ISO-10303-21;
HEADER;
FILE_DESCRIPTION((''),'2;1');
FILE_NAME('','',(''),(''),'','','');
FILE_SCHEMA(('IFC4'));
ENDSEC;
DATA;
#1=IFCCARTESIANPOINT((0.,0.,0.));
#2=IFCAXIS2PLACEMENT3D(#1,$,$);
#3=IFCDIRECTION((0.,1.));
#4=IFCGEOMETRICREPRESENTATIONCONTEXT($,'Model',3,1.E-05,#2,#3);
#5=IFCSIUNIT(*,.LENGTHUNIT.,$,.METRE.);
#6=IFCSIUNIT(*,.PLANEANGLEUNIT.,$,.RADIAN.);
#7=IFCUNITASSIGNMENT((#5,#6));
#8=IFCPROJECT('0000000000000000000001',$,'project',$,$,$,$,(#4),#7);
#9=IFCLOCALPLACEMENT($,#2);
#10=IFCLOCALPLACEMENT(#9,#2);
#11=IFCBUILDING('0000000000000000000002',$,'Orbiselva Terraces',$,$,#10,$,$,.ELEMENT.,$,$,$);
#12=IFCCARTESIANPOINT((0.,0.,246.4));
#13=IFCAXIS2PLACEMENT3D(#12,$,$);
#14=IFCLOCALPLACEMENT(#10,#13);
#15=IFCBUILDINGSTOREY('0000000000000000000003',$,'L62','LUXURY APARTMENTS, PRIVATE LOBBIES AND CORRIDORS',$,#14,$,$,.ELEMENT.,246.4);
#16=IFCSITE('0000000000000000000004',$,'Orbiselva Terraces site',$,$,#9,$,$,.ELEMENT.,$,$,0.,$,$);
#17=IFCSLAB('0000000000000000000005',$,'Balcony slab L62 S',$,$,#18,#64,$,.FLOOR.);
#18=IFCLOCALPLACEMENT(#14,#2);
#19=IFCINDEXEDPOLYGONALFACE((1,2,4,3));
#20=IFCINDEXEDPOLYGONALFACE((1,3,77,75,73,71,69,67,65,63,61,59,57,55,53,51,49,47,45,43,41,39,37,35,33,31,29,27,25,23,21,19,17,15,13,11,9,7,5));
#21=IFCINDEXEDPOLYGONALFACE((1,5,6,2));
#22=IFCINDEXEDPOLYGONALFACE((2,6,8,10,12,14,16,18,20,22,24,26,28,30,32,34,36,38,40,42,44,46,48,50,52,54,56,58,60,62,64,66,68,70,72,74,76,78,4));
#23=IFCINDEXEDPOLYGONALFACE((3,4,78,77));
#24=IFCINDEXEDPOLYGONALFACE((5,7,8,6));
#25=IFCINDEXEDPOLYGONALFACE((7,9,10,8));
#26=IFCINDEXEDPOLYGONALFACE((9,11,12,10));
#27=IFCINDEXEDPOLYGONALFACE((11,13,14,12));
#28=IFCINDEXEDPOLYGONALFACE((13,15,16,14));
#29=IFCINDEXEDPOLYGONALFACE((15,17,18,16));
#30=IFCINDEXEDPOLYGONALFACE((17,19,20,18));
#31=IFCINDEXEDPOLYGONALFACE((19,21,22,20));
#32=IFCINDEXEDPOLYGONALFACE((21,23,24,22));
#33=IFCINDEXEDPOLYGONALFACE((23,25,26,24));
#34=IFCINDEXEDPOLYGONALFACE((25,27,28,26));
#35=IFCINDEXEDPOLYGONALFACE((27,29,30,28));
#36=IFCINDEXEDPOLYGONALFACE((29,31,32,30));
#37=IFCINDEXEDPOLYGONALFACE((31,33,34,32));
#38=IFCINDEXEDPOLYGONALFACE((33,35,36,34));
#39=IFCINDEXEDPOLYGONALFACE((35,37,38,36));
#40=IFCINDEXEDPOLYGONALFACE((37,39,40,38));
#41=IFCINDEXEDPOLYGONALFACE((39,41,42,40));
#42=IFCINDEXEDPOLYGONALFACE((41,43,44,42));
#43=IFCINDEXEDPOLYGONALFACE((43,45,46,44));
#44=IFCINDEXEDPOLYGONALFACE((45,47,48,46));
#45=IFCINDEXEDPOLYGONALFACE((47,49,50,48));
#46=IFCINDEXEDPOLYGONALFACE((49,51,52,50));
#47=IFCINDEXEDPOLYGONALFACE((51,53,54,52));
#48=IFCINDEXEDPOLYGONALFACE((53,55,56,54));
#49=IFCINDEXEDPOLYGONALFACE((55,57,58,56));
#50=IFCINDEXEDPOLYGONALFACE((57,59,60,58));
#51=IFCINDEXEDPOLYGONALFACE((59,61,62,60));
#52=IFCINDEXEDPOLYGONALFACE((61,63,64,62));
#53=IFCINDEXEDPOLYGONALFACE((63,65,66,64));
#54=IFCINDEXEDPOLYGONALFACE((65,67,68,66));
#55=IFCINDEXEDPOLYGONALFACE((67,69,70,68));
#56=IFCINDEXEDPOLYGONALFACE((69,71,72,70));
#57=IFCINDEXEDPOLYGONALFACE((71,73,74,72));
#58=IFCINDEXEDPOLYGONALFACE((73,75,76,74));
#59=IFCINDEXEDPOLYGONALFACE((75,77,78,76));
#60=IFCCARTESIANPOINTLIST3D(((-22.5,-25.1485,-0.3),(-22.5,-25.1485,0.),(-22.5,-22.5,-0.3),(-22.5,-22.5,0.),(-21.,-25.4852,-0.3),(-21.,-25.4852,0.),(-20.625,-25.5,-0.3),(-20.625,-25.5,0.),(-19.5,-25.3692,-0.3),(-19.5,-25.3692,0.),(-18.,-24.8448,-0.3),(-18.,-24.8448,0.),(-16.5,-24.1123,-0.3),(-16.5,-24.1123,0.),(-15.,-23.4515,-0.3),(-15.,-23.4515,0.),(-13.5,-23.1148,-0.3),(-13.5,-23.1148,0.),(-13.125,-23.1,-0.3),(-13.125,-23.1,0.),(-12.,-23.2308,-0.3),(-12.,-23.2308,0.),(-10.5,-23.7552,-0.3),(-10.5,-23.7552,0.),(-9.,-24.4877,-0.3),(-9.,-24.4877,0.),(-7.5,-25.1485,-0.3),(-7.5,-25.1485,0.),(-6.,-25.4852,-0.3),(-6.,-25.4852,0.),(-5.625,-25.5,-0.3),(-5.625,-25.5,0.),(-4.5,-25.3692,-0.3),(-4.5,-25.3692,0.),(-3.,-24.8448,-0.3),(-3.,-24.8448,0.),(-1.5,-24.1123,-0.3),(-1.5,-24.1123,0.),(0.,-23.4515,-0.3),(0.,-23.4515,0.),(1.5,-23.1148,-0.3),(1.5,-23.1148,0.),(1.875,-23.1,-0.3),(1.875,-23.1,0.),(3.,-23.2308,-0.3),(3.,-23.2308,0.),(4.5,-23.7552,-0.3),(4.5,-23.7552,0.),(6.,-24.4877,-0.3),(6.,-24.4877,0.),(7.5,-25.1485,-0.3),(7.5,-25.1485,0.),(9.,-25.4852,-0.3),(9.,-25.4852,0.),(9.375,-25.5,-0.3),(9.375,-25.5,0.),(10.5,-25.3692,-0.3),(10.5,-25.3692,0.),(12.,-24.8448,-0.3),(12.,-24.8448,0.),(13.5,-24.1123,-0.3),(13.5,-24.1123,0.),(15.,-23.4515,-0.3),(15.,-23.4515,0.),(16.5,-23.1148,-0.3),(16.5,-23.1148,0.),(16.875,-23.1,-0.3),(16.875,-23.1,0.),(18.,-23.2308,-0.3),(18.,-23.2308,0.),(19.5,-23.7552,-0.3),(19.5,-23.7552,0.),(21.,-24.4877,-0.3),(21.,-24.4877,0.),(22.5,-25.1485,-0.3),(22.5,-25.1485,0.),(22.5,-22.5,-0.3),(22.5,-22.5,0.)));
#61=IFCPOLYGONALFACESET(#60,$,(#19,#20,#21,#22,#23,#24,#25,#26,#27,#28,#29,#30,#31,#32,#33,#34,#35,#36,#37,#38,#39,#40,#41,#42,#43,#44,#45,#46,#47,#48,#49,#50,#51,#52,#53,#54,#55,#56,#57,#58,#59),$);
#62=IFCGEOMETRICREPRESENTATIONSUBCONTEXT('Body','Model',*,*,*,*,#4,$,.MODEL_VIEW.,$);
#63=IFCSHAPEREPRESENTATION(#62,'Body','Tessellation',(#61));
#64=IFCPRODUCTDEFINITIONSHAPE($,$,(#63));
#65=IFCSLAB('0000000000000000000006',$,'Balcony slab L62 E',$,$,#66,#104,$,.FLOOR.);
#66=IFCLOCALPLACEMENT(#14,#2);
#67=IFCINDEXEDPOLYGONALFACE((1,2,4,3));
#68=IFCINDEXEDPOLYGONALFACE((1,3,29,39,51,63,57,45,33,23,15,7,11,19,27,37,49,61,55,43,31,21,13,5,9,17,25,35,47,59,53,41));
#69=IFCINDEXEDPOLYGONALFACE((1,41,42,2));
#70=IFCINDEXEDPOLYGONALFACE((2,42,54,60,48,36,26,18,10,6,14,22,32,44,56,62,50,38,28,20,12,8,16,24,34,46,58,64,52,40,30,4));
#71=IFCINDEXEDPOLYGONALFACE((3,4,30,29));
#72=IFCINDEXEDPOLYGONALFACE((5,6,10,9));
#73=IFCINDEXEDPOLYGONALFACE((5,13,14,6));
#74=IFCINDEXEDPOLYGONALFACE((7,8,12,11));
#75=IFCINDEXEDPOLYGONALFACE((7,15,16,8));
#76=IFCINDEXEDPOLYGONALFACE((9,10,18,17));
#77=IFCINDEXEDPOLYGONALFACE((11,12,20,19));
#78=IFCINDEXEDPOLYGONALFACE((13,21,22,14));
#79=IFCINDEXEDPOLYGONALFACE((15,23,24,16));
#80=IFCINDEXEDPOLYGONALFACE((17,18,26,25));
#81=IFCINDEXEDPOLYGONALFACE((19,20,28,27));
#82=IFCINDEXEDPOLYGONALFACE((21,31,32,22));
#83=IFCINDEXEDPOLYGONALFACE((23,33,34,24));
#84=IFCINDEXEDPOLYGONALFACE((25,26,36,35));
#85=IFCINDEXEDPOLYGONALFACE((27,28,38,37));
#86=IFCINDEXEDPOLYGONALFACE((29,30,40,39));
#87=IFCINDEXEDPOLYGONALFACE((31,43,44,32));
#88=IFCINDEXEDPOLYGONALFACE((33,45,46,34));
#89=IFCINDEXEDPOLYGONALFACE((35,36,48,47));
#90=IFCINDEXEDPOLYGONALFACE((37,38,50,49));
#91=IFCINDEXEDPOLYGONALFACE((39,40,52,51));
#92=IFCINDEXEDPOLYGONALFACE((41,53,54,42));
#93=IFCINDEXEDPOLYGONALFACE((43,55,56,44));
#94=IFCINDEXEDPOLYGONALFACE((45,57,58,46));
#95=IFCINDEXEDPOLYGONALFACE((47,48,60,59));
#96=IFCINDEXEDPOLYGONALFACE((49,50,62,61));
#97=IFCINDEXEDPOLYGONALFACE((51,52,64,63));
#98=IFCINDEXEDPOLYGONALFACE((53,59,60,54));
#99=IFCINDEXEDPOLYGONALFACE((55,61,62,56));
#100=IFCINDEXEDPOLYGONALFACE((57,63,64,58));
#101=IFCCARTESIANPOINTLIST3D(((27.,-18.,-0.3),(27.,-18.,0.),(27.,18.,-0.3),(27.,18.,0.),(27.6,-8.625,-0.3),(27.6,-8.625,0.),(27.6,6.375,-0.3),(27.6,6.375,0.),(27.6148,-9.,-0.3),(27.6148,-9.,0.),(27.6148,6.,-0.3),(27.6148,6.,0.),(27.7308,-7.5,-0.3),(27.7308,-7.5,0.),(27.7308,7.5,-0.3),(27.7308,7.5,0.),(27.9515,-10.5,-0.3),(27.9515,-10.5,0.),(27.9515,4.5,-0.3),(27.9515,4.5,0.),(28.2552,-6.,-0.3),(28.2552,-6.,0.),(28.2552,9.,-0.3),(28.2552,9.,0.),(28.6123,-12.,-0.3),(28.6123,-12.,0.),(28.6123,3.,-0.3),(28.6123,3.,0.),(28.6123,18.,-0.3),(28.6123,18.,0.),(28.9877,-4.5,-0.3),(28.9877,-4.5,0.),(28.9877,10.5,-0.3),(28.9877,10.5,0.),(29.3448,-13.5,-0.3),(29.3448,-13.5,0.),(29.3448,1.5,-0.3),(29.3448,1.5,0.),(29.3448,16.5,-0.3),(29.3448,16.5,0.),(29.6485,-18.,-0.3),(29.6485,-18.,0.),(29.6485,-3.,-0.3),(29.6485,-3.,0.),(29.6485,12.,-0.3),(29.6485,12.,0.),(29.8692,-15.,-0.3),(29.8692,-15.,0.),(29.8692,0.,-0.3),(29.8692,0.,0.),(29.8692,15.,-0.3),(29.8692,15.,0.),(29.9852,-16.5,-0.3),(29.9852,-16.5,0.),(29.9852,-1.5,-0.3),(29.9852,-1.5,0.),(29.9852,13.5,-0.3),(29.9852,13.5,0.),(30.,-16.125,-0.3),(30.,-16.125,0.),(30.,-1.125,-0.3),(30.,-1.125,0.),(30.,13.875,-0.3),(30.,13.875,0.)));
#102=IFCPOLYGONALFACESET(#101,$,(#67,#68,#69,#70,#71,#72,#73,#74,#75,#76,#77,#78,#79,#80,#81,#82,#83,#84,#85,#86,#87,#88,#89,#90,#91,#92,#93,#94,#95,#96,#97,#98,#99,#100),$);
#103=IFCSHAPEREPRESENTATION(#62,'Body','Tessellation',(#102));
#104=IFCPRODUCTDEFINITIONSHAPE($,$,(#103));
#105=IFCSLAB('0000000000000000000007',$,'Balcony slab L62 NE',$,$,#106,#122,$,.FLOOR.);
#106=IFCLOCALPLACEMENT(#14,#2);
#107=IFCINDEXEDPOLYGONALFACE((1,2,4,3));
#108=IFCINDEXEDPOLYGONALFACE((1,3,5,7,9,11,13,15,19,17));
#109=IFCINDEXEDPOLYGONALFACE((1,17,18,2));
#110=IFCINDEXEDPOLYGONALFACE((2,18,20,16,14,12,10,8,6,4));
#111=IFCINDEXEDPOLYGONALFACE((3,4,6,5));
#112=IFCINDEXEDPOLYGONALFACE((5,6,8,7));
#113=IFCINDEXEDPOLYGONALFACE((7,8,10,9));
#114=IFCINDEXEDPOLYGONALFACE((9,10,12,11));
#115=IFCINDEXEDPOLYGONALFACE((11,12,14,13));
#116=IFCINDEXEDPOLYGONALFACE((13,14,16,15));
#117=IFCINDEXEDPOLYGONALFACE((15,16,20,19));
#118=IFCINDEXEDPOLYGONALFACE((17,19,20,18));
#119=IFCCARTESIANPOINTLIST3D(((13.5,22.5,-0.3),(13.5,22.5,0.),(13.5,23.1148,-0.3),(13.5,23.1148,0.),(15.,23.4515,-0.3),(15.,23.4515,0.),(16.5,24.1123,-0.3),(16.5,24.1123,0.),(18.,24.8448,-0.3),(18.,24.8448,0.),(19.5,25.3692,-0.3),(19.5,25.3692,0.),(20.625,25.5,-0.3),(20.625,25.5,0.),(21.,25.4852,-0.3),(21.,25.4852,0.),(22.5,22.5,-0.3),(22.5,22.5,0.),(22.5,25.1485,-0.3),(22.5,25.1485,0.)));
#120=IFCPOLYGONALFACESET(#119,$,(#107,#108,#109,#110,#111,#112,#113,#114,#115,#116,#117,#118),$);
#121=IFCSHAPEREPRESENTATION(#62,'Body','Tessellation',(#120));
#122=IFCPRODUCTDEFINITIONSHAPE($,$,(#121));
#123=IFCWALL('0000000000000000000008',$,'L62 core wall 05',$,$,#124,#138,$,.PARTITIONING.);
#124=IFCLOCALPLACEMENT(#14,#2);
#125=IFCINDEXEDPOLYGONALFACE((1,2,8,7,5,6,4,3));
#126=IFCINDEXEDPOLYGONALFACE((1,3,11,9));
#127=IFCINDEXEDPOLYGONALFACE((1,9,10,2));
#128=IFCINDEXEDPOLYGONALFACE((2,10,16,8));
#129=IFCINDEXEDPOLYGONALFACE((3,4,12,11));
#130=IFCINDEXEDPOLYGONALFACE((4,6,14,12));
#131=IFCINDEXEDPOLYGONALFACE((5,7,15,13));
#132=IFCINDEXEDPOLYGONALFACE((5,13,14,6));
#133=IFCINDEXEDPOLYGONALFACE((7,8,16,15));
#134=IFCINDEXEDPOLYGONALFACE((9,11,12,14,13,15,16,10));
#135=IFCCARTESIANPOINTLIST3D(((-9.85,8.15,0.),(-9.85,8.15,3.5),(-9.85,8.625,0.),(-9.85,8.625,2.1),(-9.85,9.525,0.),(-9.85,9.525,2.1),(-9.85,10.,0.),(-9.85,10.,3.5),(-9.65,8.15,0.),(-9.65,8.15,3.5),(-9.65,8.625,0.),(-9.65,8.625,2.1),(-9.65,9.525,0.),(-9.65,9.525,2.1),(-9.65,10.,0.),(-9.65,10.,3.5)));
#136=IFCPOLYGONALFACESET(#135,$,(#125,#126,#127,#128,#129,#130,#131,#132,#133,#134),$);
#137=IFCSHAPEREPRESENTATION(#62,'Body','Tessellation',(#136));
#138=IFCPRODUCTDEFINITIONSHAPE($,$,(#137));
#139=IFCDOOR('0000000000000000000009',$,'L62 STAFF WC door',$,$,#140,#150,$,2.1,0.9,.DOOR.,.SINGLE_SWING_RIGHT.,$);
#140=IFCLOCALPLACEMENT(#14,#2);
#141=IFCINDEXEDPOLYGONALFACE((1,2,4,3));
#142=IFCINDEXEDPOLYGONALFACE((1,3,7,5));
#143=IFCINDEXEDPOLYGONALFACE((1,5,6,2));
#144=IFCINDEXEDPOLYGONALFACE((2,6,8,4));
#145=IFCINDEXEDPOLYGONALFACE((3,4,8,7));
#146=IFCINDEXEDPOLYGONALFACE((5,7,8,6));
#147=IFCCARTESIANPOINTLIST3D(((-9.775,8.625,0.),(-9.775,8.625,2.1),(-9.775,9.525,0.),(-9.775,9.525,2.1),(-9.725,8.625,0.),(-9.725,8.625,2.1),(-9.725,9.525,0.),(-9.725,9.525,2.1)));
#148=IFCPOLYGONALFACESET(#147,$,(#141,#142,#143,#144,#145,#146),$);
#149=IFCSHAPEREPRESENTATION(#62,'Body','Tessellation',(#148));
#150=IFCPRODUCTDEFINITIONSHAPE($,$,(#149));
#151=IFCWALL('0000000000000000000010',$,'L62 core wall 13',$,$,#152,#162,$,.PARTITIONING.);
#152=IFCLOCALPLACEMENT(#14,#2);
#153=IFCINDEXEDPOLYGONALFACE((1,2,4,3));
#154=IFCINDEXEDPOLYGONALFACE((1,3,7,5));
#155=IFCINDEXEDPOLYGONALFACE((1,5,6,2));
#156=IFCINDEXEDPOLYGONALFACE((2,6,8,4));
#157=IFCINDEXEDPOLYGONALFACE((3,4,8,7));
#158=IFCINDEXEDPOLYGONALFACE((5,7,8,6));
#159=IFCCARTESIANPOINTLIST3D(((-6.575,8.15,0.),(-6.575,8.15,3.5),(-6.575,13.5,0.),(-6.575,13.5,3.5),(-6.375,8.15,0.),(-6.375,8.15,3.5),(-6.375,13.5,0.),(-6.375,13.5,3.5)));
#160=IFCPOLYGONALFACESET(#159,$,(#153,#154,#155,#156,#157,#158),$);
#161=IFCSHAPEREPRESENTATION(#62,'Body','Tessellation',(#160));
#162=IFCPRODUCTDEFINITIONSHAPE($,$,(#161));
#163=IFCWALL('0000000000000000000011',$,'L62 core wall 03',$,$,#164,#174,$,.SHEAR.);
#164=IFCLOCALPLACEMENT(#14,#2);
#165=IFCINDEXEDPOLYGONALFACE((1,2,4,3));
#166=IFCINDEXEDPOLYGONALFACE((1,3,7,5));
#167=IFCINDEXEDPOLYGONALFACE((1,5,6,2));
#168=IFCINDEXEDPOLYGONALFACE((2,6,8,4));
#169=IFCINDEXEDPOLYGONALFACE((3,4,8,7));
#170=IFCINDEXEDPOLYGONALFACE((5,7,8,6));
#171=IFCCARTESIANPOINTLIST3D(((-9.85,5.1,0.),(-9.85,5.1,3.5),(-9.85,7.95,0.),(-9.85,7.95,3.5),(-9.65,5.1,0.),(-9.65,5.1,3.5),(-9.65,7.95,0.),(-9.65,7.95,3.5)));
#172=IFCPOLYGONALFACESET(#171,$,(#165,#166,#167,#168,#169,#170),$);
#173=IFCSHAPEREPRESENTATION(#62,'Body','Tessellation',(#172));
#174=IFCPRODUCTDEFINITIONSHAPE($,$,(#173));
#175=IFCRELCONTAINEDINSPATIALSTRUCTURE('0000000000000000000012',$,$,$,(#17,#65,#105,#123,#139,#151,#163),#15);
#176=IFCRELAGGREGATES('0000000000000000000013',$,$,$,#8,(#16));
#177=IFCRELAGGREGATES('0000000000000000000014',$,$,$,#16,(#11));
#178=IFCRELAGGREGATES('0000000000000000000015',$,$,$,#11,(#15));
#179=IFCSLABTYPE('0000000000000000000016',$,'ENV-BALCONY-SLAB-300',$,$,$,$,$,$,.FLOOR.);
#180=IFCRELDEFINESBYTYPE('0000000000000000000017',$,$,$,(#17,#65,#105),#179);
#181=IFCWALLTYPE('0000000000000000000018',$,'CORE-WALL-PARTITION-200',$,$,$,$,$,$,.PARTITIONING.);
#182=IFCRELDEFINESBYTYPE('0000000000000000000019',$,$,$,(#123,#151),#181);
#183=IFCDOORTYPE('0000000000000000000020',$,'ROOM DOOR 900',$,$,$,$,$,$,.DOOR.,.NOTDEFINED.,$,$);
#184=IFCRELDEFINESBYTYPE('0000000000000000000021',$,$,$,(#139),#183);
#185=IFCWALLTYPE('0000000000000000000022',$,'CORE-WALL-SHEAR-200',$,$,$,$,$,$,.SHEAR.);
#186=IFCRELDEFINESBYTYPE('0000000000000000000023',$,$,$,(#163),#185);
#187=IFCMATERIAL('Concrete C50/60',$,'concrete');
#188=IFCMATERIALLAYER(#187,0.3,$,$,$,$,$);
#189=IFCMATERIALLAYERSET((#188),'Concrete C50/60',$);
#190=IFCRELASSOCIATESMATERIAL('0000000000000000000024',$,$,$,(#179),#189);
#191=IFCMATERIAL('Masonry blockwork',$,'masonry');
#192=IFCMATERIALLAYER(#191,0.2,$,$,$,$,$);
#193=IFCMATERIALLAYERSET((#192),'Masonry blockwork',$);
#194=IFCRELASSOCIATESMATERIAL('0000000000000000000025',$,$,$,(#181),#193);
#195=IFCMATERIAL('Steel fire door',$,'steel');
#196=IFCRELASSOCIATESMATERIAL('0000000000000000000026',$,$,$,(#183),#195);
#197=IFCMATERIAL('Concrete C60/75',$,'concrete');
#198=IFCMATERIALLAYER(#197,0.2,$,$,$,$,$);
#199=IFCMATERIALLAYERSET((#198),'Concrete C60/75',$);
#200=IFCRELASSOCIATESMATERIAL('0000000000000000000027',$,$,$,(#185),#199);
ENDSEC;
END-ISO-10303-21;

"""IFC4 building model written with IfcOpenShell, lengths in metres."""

from ifc_helpers import new_model, si_unit, direction, frame, frame_2d, origin, place, context, subcontext, project, spatial, polyline, rectangle, outline, extrude, material, layer, layer_set, type_object, element, fill, save


model = new_model("IFC4")

# Units and contexts
model_context = context("Model", 3, precision=1e-05, world=origin(), true_north=direction((0.0, 1.0)))
body_context = subcontext(model_context, "Body", "Model", "MODEL_VIEW")
ifc_project = project(units=[si_unit("LENGTHUNIT", "METRE"), si_unit("PLANEANGLEUNIT", "RADIAN")], contexts=[model_context])

# Site, building, storey
site_placement = place(None, origin())
site = spatial("IfcSite", under=ifc_project, at=site_placement, Name="Orbiselva Terraces site", CompositionType="ELEMENT", RefElevation=0.0)
building_placement = place(site_placement, origin())
building = spatial("IfcBuilding", under=site, at=building_placement, Name="Orbiselva Terraces", CompositionType="ELEMENT")
storey_placement = place(building_placement, frame((0.0, 0.0, 246.4)))
storey = spatial("IfcBuildingStorey", under=building, at=storey_placement, Name="L62", Description="LUXURY APARTMENTS, PRIVATE LOBBIES AND CORRIDORS", CompositionType="ELEMENT", Elevation=246.4)

# Slabs
ifc_material_1 = material(Name="Concrete C50/60", Category="concrete")
ifc_layer_1 = layer(ifc_material_1, 0.3)
ifc_layer_set_1 = layer_set([ifc_layer_1], Name="Concrete C50/60")
slab_type = type_object("IfcSlabType", Name="ENV-BALCONY-SLAB-300", PredefinedType="FLOOR", material=ifc_layer_set_1)
slab_1_placement = place(storey_placement, frame((0.0, 0.0, -0.3)))
element("IfcSlab", 1, at=slab_1_placement, inside=storey, type_object=slab_type, Name="Balcony slab L62 S", PredefinedType="FLOOR", context=body_context, shape_type="SweptSolid", body=[
    extrude(outline(polyline([(-22.5, -25.1485), (-21.0, -25.4852), (-20.625, -25.5), (-19.5, -25.3692), (-18.0, -24.8448), (-16.5, -24.1123), (-15.0, -23.4515), (-13.5, -23.1148), (-13.125, -23.1), (-12.0, -23.2308), (-10.5, -23.7552), (-9.0, -24.4877), (-7.5, -25.1485), (-6.0, -25.4852), (-5.625, -25.5), (-4.5, -25.3692), (-3.0, -24.8448), (-1.5, -24.1123), (0.0, -23.4515), (1.5, -23.1148), (1.875, -23.1), (3.0, -23.2308), (4.5, -23.7552), (6.0, -24.4877), (7.5, -25.1485), (9.0, -25.4852), (9.375, -25.5), (10.5, -25.3692), (12.0, -24.8448), (13.5, -24.1123), (15.0, -23.4515), (16.5, -23.1148), (16.875, -23.1), (18.0, -23.2308), (19.5, -23.7552), (21.0, -24.4877), (22.5, -25.1485), (22.5, -22.5), (-22.5, -22.5), (-22.5, -25.1485)])), origin(), (0.0, 0.0, 1.0), 0.3),
])
slab_2_placement = place(storey_placement, frame((0.0, 0.0, -0.3)))
element("IfcSlab", 2, at=slab_2_placement, inside=storey, type_object=slab_type, Name="Balcony slab L62 E", PredefinedType="FLOOR", context=body_context, shape_type="SweptSolid", body=[
    extrude(outline(polyline([(29.6485, -18.0), (29.9852, -16.5), (30.0, -16.125), (29.8692, -15.0), (29.3448, -13.5), (28.6123, -12.0), (27.9515, -10.5), (27.6148, -9.0), (27.6, -8.625), (27.7308, -7.5), (28.2552, -6.0), (28.9877, -4.5), (29.6485, -3.0), (29.9852, -1.5), (30.0, -1.125), (29.8692, 0.0), (29.3448, 1.5), (28.6123, 3.0), (27.9515, 4.5), (27.6148, 6.0), (27.6, 6.375), (27.7308, 7.5), (28.2552, 9.0), (28.9877, 10.5), (29.6485, 12.0), (29.9852, 13.5), (30.0, 13.875), (29.8692, 15.0), (29.3448, 16.5), (28.6123, 18.0), (27.0, 18.0), (27.0, -18.0), (29.6485, -18.0)])), origin(), (0.0, 0.0, 1.0), 0.3),
])
slab_3_placement = place(storey_placement, frame((0.0, 0.0, -0.3)))
element("IfcSlab", 3, at=slab_3_placement, inside=storey, type_object=slab_type, Name="Balcony slab L62 NE", PredefinedType="FLOOR", context=body_context, shape_type="SweptSolid", body=[
    extrude(outline(polyline([(22.5, 25.1485), (21.0, 25.4852), (20.625, 25.5), (19.5, 25.3692), (18.0, 24.8448), (16.5, 24.1123), (15.0, 23.4515), (13.5, 23.1148), (13.5, 22.5), (22.5, 22.5), (22.5, 25.1485)])), origin(), (0.0, 0.0, 1.0), 0.3),
])

# Wall, opening, door
ifc_material_2 = material(Name="Masonry blockwork", Category="masonry")
ifc_layer_2 = layer(ifc_material_2, 0.2)
ifc_layer_set_2 = layer_set([ifc_layer_2], Name="Masonry blockwork")
wall_type_1 = type_object("IfcWallType", Name="CORE-WALL-PARTITION-200", PredefinedType="PARTITIONING", material=ifc_layer_set_2)
wall_1_placement = place(storey_placement, frame((-9.75, 8.15, 0.0), z_axis=(0.0, 0.0, 1.0), x_axis=(0.0, 1.0, 0.0)))
wall_1 = element("IfcWall", 4, at=wall_1_placement, inside=storey, type_object=wall_type_1, Name="L62 core wall 05", PredefinedType="PARTITIONING", context=body_context, shape_type="SweptSolid", body=[
    extrude(rectangle(XDim=1.85, YDim=0.2, at=frame_2d((0.925, 0.0))), origin(), (0.0, 0.0, 1.0), 3.5),
])
opening_1_placement = place(wall_1_placement, frame((0.475, 0.0, 0.0)))
opening_1 = element("IfcOpeningElement", 5, at=opening_1_placement, cuts=wall_1, PredefinedType="OPENING", context=body_context, shape_type="SweptSolid", body=[
    extrude(rectangle(XDim=0.9, YDim=2.1, at=frame_2d((0.45, 1.05))), frame((0.0, 0.11, 0.0), z_axis=(0.0, -1.0, 0.0), x_axis=(1.0, 0.0, 0.0)), (0.0, 0.0, 1.0), 0.22),
])
ifc_material_3 = material(Name="Steel fire door", Category="steel")
door_type = type_object("IfcDoorType", Name="ROOM DOOR 900", OperationType="NOTDEFINED", PredefinedType="DOOR", material=ifc_material_3)
door_1_placement = place(opening_1_placement, origin())
door_1 = element("IfcDoor", 6, at=door_1_placement, inside=storey, type_object=door_type, Name="L62 STAFF WC door", OperationType="SINGLE_SWING_RIGHT", OverallHeight=2.1, OverallWidth=0.9, PredefinedType="DOOR", context=body_context, shape_type="SweptSolid", body=[
    extrude(rectangle(XDim=0.9, YDim=2.1, at=frame_2d((0.45, 1.05))), frame((0.0, 0.025, 0.0), z_axis=(0.0, -1.0, 0.0), x_axis=(1.0, 0.0, 0.0)), (0.0, 0.0, 1.0), 0.05),
])
fill(opening_1, door_1)

# Walls
wall_2_placement = place(storey_placement, frame((-6.475, 8.15, 0.0), z_axis=(0.0, 0.0, 1.0), x_axis=(0.0, 1.0, 0.0)))
element("IfcWall", 7, at=wall_2_placement, inside=storey, type_object=wall_type_1, Name="L62 core wall 13", PredefinedType="PARTITIONING", context=body_context, shape_type="SweptSolid", body=[
    extrude(rectangle(XDim=5.35, YDim=0.2, at=frame_2d((2.675, 0.0))), origin(), (0.0, 0.0, 1.0), 3.5),
])
ifc_material_4 = material(Name="Concrete C60/75", Category="concrete")
ifc_layer_3 = layer(ifc_material_4, 0.2)
ifc_layer_set_3 = layer_set([ifc_layer_3], Name="Concrete C60/75")
wall_type_2 = type_object("IfcWallType", Name="CORE-WALL-SHEAR-200", PredefinedType="SHEAR", material=ifc_layer_set_3)
wall_3_placement = place(storey_placement, frame((-9.75, 5.1, 0.0), z_axis=(0.0, 0.0, 1.0), x_axis=(0.0, 1.0, 0.0)))
element("IfcWall", 8, at=wall_3_placement, inside=storey, type_object=wall_type_2, Name="L62 core wall 03", PredefinedType="SHEAR", context=body_context, shape_type="SweptSolid", body=[
    extrude(rectangle(XDim=2.85, YDim=0.2, at=frame_2d((1.425, 0.0))), origin(), (0.0, 0.0, 1.0), 3.5),
])

save(model, "model.ifc")
